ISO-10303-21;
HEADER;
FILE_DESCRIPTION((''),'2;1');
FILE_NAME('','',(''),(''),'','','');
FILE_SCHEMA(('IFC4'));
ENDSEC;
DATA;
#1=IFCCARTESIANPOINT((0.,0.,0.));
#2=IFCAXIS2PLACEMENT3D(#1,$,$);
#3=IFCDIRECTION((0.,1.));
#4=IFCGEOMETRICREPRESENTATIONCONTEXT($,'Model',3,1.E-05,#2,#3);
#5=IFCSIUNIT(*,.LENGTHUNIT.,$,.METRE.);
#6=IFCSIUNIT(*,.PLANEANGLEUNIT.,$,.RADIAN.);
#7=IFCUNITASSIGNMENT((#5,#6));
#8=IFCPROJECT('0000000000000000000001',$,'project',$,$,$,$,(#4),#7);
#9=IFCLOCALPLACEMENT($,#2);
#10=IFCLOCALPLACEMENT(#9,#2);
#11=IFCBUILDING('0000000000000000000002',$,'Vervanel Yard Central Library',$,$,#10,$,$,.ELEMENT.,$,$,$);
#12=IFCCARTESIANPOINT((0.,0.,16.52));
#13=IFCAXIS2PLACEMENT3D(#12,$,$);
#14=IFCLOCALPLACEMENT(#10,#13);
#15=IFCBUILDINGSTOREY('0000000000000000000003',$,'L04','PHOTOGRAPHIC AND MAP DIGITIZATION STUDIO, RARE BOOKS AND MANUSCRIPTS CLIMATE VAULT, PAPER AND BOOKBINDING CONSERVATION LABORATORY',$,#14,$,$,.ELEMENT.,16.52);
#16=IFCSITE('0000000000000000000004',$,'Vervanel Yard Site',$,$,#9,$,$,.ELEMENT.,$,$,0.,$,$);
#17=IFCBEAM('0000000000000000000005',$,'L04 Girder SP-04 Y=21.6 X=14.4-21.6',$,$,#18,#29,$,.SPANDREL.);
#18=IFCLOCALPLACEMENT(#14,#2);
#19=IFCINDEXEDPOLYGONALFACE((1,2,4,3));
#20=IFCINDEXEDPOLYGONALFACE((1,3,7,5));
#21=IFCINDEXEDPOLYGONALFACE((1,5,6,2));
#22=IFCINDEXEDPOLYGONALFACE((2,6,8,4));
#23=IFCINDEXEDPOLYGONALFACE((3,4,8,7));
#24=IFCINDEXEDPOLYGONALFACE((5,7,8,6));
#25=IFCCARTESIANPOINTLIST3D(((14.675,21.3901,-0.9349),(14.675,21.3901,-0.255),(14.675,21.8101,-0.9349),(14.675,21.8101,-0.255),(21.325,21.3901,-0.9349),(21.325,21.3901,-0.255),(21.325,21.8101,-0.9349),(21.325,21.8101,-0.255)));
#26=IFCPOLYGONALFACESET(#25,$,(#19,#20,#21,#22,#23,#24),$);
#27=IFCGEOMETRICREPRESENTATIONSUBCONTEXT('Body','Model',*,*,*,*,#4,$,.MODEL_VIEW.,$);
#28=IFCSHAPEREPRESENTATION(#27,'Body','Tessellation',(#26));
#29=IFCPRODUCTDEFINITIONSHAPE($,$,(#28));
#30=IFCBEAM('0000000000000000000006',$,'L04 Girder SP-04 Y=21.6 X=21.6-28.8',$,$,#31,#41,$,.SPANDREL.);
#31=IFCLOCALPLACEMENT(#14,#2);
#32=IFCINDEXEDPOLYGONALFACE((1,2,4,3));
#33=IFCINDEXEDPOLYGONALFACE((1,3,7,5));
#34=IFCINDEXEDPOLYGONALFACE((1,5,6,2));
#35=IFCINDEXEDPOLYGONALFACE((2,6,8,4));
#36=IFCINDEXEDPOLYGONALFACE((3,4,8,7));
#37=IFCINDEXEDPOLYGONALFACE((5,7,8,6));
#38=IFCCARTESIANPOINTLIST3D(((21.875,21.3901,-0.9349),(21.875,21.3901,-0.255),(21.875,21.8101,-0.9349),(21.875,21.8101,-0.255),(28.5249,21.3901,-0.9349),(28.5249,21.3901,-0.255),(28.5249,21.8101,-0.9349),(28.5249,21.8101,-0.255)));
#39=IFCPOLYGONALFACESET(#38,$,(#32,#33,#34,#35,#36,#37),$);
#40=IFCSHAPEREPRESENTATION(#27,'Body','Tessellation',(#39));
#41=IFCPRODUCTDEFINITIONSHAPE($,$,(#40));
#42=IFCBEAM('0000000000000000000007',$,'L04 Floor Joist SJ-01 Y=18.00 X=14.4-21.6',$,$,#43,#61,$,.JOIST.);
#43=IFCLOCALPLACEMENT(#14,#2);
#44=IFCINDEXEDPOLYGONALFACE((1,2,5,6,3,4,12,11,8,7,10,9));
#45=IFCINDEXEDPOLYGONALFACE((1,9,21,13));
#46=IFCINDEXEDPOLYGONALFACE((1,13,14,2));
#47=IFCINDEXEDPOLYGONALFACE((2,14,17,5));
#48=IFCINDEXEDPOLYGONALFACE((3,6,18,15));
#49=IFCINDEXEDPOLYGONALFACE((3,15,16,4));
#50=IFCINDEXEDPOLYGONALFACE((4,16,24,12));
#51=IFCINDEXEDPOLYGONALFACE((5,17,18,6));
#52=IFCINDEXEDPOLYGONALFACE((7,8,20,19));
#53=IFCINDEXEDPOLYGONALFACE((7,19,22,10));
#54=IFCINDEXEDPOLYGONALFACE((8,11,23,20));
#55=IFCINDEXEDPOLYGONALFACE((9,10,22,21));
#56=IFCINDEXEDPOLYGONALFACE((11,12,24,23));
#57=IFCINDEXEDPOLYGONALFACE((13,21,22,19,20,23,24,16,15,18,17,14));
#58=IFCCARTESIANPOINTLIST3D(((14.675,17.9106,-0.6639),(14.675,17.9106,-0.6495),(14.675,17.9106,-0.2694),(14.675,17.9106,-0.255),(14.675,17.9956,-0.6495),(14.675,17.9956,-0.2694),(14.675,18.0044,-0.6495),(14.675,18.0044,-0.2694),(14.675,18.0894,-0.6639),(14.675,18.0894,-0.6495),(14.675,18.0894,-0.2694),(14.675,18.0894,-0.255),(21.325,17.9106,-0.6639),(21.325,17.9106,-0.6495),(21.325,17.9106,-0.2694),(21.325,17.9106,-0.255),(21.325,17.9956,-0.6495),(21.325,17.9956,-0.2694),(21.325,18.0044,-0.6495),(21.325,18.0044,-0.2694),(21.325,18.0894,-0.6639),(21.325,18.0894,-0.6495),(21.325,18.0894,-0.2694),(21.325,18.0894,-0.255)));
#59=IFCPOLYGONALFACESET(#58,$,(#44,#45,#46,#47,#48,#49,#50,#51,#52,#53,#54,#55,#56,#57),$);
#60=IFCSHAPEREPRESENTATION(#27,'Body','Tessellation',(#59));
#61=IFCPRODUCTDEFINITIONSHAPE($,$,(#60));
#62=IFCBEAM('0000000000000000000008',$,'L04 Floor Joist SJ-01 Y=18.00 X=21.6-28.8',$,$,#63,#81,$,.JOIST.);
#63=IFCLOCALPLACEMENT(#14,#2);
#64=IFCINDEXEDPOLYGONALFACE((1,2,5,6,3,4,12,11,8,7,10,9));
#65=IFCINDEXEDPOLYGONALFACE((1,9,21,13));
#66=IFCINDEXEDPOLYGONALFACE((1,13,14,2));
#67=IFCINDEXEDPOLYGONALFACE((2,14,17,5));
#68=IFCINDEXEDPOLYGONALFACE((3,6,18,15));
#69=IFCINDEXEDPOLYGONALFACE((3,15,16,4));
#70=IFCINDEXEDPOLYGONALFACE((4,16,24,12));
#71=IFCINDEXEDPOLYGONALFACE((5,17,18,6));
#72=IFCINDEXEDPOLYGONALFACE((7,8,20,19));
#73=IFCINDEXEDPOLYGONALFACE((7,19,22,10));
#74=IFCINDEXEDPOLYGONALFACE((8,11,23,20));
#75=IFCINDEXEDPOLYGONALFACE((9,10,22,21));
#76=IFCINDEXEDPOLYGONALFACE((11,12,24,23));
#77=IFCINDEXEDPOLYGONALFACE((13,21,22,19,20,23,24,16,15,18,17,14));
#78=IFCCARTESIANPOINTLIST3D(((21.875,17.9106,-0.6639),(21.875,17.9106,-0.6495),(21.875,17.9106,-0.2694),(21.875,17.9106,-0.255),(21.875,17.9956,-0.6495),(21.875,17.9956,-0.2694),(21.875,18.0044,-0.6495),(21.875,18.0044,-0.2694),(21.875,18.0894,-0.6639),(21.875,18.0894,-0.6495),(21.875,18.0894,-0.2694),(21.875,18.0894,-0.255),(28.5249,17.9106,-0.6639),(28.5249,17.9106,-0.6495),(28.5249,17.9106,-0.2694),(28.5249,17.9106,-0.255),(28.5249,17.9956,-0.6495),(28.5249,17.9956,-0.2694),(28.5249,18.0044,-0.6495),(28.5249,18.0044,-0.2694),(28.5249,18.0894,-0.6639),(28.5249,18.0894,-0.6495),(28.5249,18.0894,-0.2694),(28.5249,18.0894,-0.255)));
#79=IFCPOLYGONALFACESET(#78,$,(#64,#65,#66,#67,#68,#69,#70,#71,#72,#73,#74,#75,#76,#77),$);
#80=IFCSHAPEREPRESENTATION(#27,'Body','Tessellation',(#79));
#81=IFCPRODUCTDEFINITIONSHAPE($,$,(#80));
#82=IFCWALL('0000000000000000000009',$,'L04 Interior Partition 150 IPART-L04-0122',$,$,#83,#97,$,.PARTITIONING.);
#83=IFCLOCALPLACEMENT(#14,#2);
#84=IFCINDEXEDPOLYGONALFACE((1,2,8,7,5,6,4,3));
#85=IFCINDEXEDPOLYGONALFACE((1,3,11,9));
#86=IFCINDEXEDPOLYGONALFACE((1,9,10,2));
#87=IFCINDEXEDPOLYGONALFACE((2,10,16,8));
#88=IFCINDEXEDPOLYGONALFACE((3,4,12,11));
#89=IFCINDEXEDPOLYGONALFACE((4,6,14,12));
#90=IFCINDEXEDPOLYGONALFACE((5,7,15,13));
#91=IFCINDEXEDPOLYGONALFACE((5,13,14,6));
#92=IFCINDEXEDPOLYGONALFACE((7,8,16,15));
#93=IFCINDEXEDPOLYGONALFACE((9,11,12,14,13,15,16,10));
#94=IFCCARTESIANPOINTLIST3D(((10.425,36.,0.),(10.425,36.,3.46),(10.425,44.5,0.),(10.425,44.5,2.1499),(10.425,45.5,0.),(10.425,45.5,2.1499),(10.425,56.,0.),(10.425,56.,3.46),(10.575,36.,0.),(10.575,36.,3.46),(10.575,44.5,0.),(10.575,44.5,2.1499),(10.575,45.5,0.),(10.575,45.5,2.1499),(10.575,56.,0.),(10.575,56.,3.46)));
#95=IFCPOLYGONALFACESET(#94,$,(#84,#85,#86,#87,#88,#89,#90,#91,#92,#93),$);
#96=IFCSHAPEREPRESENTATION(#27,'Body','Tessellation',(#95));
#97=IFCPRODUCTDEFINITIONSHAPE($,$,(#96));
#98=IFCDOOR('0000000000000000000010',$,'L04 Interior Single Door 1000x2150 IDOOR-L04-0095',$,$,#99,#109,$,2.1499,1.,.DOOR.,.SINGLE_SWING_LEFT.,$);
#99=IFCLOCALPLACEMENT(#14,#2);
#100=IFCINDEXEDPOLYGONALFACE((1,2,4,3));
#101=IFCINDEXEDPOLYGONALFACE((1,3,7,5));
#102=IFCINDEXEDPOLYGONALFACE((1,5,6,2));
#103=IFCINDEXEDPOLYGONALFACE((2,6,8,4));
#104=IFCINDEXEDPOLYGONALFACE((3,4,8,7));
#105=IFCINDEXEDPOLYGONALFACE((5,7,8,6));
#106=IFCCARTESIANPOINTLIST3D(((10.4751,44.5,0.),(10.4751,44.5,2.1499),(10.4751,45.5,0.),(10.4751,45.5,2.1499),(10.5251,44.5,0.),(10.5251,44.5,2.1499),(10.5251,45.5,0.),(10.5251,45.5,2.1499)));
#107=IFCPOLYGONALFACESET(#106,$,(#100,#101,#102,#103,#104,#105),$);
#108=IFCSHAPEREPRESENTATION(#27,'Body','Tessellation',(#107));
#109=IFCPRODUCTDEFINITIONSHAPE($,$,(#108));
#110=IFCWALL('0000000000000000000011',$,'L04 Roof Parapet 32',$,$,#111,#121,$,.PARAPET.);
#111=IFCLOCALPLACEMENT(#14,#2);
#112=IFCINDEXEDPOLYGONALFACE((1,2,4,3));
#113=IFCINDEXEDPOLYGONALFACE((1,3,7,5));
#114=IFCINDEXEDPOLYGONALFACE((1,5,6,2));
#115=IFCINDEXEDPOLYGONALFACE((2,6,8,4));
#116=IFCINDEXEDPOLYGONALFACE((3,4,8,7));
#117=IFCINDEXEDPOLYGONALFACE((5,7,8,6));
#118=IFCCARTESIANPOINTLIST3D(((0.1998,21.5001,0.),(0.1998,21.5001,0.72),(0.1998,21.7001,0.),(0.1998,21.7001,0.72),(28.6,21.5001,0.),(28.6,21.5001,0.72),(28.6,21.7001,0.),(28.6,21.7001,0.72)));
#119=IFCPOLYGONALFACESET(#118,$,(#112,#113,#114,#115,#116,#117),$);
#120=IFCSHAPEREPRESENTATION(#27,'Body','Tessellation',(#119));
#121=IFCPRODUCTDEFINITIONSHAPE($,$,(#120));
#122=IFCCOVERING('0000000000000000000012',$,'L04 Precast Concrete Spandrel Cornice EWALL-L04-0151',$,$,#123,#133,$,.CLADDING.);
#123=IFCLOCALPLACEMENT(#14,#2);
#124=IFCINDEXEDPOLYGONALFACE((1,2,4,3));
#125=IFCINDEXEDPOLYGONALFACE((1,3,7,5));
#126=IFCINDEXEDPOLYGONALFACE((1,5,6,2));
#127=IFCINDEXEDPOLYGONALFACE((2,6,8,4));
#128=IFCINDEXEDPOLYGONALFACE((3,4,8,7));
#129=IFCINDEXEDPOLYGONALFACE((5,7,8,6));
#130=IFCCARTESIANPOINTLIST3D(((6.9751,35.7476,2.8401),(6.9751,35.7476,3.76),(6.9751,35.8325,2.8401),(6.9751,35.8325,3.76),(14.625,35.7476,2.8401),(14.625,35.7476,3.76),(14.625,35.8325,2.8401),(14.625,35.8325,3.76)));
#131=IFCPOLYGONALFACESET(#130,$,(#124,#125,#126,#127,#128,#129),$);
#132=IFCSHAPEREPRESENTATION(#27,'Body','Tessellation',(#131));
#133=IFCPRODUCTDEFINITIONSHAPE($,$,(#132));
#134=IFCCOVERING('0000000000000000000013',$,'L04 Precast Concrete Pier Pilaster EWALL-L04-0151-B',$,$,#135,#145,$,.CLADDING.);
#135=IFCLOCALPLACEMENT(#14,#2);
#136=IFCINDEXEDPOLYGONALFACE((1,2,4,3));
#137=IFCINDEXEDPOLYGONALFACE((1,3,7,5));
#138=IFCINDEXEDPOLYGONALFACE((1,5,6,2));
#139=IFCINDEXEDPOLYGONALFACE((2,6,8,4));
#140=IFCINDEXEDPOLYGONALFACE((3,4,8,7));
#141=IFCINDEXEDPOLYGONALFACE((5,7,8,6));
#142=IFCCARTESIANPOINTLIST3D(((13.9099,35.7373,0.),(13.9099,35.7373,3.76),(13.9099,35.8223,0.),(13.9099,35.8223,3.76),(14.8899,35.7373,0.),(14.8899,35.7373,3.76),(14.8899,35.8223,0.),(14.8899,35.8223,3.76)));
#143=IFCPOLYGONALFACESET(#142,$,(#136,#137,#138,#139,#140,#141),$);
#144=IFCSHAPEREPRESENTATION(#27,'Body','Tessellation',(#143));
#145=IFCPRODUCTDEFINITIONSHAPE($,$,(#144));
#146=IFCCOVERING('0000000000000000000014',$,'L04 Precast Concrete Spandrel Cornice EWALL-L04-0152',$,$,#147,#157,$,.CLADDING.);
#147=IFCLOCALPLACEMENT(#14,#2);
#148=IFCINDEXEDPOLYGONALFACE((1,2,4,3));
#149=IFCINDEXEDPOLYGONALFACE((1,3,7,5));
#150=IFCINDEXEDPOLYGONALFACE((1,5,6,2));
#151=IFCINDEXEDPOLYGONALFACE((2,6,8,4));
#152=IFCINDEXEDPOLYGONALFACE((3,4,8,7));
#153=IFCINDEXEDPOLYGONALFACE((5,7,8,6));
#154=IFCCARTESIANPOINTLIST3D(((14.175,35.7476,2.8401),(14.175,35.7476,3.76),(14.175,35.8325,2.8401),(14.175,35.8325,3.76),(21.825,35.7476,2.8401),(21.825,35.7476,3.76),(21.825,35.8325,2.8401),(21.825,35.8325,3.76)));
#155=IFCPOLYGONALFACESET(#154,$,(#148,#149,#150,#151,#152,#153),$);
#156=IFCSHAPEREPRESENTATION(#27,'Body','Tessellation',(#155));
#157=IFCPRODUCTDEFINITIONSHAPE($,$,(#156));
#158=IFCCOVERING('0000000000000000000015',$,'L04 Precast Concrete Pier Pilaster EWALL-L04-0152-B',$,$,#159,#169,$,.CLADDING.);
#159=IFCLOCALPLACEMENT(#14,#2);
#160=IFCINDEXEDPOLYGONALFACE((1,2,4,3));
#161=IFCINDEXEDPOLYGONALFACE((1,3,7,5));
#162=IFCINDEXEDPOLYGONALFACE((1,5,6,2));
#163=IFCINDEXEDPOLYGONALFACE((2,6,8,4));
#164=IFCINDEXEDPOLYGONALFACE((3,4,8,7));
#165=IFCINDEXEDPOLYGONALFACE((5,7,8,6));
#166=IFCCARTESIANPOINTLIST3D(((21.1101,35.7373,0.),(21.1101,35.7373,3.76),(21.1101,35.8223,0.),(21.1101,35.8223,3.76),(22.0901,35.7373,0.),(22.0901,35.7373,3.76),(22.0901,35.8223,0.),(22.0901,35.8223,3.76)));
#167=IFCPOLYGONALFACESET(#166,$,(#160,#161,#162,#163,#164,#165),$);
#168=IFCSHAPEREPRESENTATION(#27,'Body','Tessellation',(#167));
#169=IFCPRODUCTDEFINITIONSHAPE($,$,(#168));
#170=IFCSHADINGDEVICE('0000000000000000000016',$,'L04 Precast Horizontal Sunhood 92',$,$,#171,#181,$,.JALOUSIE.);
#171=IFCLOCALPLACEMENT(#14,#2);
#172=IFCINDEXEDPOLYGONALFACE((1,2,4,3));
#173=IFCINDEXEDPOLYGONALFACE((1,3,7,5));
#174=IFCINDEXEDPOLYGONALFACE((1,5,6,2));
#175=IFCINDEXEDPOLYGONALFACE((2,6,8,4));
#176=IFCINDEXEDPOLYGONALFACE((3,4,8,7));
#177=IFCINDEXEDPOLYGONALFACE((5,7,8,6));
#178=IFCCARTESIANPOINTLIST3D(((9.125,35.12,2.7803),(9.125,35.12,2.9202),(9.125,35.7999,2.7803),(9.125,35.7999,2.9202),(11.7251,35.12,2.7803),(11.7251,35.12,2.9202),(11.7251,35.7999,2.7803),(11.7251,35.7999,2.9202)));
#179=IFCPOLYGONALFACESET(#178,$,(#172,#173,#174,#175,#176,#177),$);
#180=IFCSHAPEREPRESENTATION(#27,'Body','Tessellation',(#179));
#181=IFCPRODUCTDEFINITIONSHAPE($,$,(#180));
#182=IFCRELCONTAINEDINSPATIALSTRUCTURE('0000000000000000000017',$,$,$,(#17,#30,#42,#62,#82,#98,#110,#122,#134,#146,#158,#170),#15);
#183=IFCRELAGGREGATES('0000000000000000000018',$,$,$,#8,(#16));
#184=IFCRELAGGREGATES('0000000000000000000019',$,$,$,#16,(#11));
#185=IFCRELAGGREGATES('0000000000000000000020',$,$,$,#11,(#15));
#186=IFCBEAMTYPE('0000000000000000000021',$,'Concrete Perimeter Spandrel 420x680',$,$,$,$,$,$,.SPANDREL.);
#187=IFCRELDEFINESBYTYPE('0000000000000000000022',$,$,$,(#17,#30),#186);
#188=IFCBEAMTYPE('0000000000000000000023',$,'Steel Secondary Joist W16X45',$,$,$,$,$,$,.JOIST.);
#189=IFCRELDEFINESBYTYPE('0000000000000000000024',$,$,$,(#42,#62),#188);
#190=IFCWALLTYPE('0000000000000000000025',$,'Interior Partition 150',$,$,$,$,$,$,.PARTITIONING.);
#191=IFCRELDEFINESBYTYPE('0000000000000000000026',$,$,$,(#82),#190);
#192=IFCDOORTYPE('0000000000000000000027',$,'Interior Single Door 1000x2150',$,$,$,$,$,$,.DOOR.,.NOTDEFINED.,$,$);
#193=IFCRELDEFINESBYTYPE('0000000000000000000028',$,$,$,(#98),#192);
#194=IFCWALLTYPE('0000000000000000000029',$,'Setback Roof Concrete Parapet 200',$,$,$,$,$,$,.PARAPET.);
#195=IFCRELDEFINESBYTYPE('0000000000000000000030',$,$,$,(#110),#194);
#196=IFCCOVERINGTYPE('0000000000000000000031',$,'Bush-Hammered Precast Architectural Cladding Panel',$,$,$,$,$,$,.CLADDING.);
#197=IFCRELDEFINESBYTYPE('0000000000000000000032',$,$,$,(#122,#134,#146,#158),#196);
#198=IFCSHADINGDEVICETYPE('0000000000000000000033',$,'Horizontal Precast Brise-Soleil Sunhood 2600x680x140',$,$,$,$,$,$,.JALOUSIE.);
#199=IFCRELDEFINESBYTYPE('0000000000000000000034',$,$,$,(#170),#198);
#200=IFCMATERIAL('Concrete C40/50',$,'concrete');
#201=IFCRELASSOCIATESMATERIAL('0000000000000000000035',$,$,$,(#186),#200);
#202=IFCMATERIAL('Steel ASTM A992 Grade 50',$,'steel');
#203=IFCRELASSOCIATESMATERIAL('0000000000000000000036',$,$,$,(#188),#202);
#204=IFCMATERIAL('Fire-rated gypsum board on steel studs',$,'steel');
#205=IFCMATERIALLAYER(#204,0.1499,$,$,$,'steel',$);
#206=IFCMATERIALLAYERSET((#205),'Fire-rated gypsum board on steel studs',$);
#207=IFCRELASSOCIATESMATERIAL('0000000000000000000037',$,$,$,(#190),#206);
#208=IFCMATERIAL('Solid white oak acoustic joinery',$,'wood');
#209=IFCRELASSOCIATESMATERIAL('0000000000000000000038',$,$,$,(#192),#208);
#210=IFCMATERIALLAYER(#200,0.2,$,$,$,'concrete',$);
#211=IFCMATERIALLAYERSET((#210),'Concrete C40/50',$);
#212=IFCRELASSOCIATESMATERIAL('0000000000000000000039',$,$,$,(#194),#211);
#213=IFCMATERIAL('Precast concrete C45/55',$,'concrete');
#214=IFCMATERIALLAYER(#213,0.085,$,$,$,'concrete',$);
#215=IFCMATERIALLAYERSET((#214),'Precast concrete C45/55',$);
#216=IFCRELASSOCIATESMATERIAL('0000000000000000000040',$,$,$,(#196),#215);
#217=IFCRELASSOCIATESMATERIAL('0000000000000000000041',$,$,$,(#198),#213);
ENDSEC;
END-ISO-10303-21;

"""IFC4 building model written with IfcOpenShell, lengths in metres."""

from ifc_helpers import new_model, si_unit, direction, frame, frame_2d, origin, origin_2d, place, context, subcontext, project, spatial, rectangle, i_section, extrude, material, layer, layer_set, material_profile, profile_set, type_object, element, fill, save


model = new_model("IFC4")

# Units and contexts
model_context = context("Model", 3, precision=1e-05, world=origin(), true_north=direction((0.0, 1.0)))
body_context = subcontext(model_context, "Body", "Model", "MODEL_VIEW")
ifc_project = project(units=[si_unit("LENGTHUNIT", "METRE"), si_unit("PLANEANGLEUNIT", "RADIAN")], contexts=[model_context])

# Site, building, storey
site_placement = place(None, origin())
site = spatial("IfcSite", under=ifc_project, at=site_placement, Name="Vervanel Yard Site", CompositionType="ELEMENT", RefElevation=0.0)
building_placement = place(site_placement, origin())
building = spatial("IfcBuilding", under=site, at=building_placement, Name="Vervanel Yard Central Library", CompositionType="ELEMENT")
storey_placement = place(building_placement, frame((0.0, 0.0, 16.52)))
storey = spatial("IfcBuildingStorey", under=building, at=storey_placement, Name="L04", Description="PHOTOGRAPHIC AND MAP DIGITIZATION STUDIO, RARE BOOKS AND MANUSCRIPTS CLIMATE VAULT, PAPER AND BOOKBINDING CONSERVATION LABORATORY", CompositionType="ELEMENT", Elevation=16.52)

# Beams
ifc_material_1 = material(Name="Concrete C40/50", Category="concrete")
ifc_material_profile_1 = material_profile(ifc_material_1, rectangle(XDim=0.4199, YDim=0.6799, at=origin_2d()), Name="RC 420x680", Category="concrete")
ifc_profile_set_1 = profile_set([ifc_material_profile_1], Name="Concrete C40/50")
beam_type_1 = type_object("IfcBeamType", Name="Concrete Perimeter Spandrel 420x680", PredefinedType="SPANDREL", material=ifc_profile_set_1)
for number, where, z_axis, x_axis, name in (
    (1, (14.675, 21.6001, -0.595), (1.0, 0.0, 0.0), (0.0, 1.0, 0.0), "L04 Girder SP-04 Y=21.6 X=14.4-21.6"),
    (2, (21.875, 21.6001, -0.595), (1.0, 0.0, 0.0), (0.0, 1.0, 0.0), "L04 Girder SP-04 Y=21.6 X=21.6-28.8"),
):
    element("IfcBeam", number, at=place(storey_placement, frame(where, z_axis=z_axis, x_axis=x_axis)), inside=storey, type_object=beam_type_1, Name=name, PredefinedType="SPANDREL", context=body_context, shape_type="SweptSolid", body=[
        extrude(rectangle(XDim=0.4199, YDim=0.6799, at=origin_2d()), origin(), (0.0, 0.0, 1.0), 6.6499),
    ])
ifc_material_2 = material(Name="Steel ASTM A992 Grade 50", Category="steel")
ifc_material_profile_2 = material_profile(ifc_material_2, i_section(OverallWidth=0.1787, OverallDepth=0.4089, WebThickness=0.0088, FlangeThickness=0.0144, at=origin_2d()), Name="W16X45", Category="steel")
ifc_profile_set_2 = profile_set([ifc_material_profile_2], Name="Steel ASTM A992 Grade 50")
beam_type_2 = type_object("IfcBeamType", Name="Steel Secondary Joist W16X45", PredefinedType="JOIST", material=ifc_profile_set_2)
for number, where, z_axis, x_axis, name in (
    (3, (14.675, 18.0, -0.4595), (1.0, 0.0, 0.0), (0.0, 1.0, 0.0), "L04 Floor Joist SJ-01 Y=18.00 X=14.4-21.6"),
    (4, (21.875, 18.0, -0.4595), (1.0, 0.0, 0.0), (0.0, 1.0, 0.0), "L04 Floor Joist SJ-01 Y=18.00 X=21.6-28.8"),
):
    element("IfcBeam", number, at=place(storey_placement, frame(where, z_axis=z_axis, x_axis=x_axis)), inside=storey, type_object=beam_type_2, Name=name, PredefinedType="JOIST", context=body_context, shape_type="SweptSolid", body=[
        extrude(i_section(OverallWidth=0.1787, OverallDepth=0.4089, WebThickness=0.0088, FlangeThickness=0.0144, at=origin_2d()), origin(), (0.0, 0.0, 1.0), 6.6499),
    ])

# Wall, opening, door
ifc_material_3 = material(Name="Fire-rated gypsum board on steel studs", Category="steel")
ifc_layer_1 = layer(ifc_material_3, 0.1499, Category="steel")
ifc_layer_set_1 = layer_set([ifc_layer_1], Name="Fire-rated gypsum board on steel studs")
wall_type_1 = type_object("IfcWallType", Name="Interior Partition 150", PredefinedType="PARTITIONING", material=ifc_layer_set_1)
wall_1_placement = place(storey_placement, frame((10.5, 36.0, 0.0), z_axis=(0.0, 0.0, 1.0), x_axis=(0.0, 1.0, 0.0)))
wall_1 = element("IfcWall", 5, at=wall_1_placement, inside=storey, type_object=wall_type_1, Name="L04 Interior Partition 150 IPART-L04-0122", PredefinedType="PARTITIONING", context=body_context, shape_type="SweptSolid", body=[
    extrude(rectangle(XDim=20.0, YDim=0.1499, at=frame_2d((10.0, 0.0))), origin(), (0.0, 0.0, 1.0), 3.46),
])
opening_placement = place(wall_1_placement, frame((8.5, 0.0, 0.0)))
opening = element("IfcOpeningElement", 6, at=opening_placement, cuts=wall_1, PredefinedType="OPENING", context=body_context, shape_type="SweptSolid", body=[
    extrude(rectangle(XDim=1.0, YDim=2.1499, at=frame_2d((0.5, 1.075))), frame((0.0, 0.085, 0.0), z_axis=(0.0, -1.0, 0.0), x_axis=(1.0, 0.0, 0.0)), (0.0, 0.0, 1.0), 0.1699),
])
ifc_material_4 = material(Name="Solid white oak acoustic joinery", Category="wood")
door_type = type_object("IfcDoorType", Name="Interior Single Door 1000x2150", OperationType="NOTDEFINED", PredefinedType="DOOR", material=ifc_material_4)
door_placement = place(opening_placement, origin())
door = element("IfcDoor", 7, at=door_placement, inside=storey, type_object=door_type, Name="L04 Interior Single Door 1000x2150 IDOOR-L04-0095", OperationType="SINGLE_SWING_LEFT", OverallHeight=2.1499, OverallWidth=1.0, PredefinedType="DOOR", context=body_context, shape_type="SweptSolid", body=[
    extrude(rectangle(XDim=1.0, YDim=2.1499, at=frame_2d((0.5, 1.075))), frame((0.0, 0.0249, 0.0), z_axis=(0.0, -1.0, 0.0), x_axis=(1.0, 0.0, 0.0)), (0.0, 0.0, 1.0), 0.05),
])
fill(opening, door)

# Wall
ifc_layer_2 = layer(ifc_material_1, 0.2, Category="concrete")
ifc_layer_set_2 = layer_set([ifc_layer_2], Name="Concrete C40/50")
wall_type_2 = type_object("IfcWallType", Name="Setback Roof Concrete Parapet 200", PredefinedType="PARAPET", material=ifc_layer_set_2)
wall_2_placement = place(storey_placement, frame((28.6001, 21.6001, 0.0), z_axis=(0.0, 0.0, 1.0), x_axis=(-1.0, 0.0, 0.0)))
element("IfcWall", 8, at=wall_2_placement, inside=storey, type_object=wall_type_2, Name="L04 Roof Parapet 32", PredefinedType="PARAPET", context=body_context, shape_type="SweptSolid", body=[
    extrude(rectangle(XDim=28.4001, YDim=0.2, at=frame_2d((14.2002, 0.0))), origin(), (0.0, 0.0, 1.0), 0.72),
])

# Coverings
ifc_material_5 = material(Name="Precast concrete C45/55", Category="concrete")
ifc_layer_3 = layer(ifc_material_5, 0.085, Category="concrete")
ifc_layer_set_3 = layer_set([ifc_layer_3], Name="Precast concrete C45/55")
covering_type = type_object("IfcCoveringType", Name="Bush-Hammered Precast Architectural Cladding Panel", PredefinedType="CLADDING", material=ifc_layer_set_3)
covering_1_placement = place(storey_placement, frame((10.8, 35.79, 2.8401), z_axis=(0.0, 0.0, 1.0), x_axis=(1.0, 0.0, 0.0)))
element("IfcCovering", 9, at=covering_1_placement, inside=storey, type_object=covering_type, Name="L04 Precast Concrete Spandrel Cornice EWALL-L04-0151", PredefinedType="CLADDING", context=body_context, shape_type="SweptSolid", body=[
    extrude(rectangle(XDim=7.6499, YDim=0.085, at=origin_2d()), origin(), (0.0, 0.0, 1.0), 0.9199),
])
covering_2_placement = place(storey_placement, frame((14.3999, 35.7798, 0.0), z_axis=(0.0, 0.0, 1.0), x_axis=(1.0, 0.0, 0.0)))
element("IfcCovering", 10, at=covering_2_placement, inside=storey, type_object=covering_type, Name="L04 Precast Concrete Pier Pilaster EWALL-L04-0151-B", PredefinedType="CLADDING", context=body_context, shape_type="SweptSolid", body=[
    extrude(rectangle(XDim=0.98, YDim=0.085, at=origin_2d()), origin(), (0.0, 0.0, 1.0), 3.76),
])
covering_3_placement = place(storey_placement, frame((18.0, 35.79, 2.8401), z_axis=(0.0, 0.0, 1.0), x_axis=(1.0, 0.0, 0.0)))
element("IfcCovering", 11, at=covering_3_placement, inside=storey, type_object=covering_type, Name="L04 Precast Concrete Spandrel Cornice EWALL-L04-0152", PredefinedType="CLADDING", context=body_context, shape_type="SweptSolid", body=[
    extrude(rectangle(XDim=7.6499, YDim=0.085, at=origin_2d()), origin(), (0.0, 0.0, 1.0), 0.9199),
])
covering_4_placement = place(storey_placement, frame((21.6001, 35.7798, 0.0), z_axis=(0.0, 0.0, 1.0), x_axis=(1.0, 0.0, 0.0)))
element("IfcCovering", 12, at=covering_4_placement, inside=storey, type_object=covering_type, Name="L04 Precast Concrete Pier Pilaster EWALL-L04-0152-B", PredefinedType="CLADDING", context=body_context, shape_type="SweptSolid", body=[
    extrude(rectangle(XDim=0.98, YDim=0.085, at=origin_2d()), origin(), (0.0, 0.0, 1.0), 3.76),
])

# Shading device
shading_device_type_1 = type_object("IfcShadingDeviceType", Name="Horizontal Precast Brise-Soleil Sunhood 2600x680x140", PredefinedType="JALOUSIE", material=ifc_material_5)
for number, where, z_axis, x_axis, name in (
    (13, (10.425, 35.46, 2.7803), (0.0, 0.0, 1.0), (1.0, 0.0, 0.0), "L04 Precast Horizontal Sunhood 92"),
):
    element("IfcShadingDevice", number, at=place(storey_placement, frame(where, z_axis=z_axis, x_axis=x_axis)), inside=storey, type_object=shading_device_type_1, Name=name, PredefinedType="JALOUSIE", context=body_context, shape_type="SweptSolid", body=[
        extrude(rectangle(XDim=2.6001, YDim=0.6799, at=origin_2d()), origin(), (0.0, 0.0, 1.0), 0.1399),
    ])

save(model, "model.ifc")
